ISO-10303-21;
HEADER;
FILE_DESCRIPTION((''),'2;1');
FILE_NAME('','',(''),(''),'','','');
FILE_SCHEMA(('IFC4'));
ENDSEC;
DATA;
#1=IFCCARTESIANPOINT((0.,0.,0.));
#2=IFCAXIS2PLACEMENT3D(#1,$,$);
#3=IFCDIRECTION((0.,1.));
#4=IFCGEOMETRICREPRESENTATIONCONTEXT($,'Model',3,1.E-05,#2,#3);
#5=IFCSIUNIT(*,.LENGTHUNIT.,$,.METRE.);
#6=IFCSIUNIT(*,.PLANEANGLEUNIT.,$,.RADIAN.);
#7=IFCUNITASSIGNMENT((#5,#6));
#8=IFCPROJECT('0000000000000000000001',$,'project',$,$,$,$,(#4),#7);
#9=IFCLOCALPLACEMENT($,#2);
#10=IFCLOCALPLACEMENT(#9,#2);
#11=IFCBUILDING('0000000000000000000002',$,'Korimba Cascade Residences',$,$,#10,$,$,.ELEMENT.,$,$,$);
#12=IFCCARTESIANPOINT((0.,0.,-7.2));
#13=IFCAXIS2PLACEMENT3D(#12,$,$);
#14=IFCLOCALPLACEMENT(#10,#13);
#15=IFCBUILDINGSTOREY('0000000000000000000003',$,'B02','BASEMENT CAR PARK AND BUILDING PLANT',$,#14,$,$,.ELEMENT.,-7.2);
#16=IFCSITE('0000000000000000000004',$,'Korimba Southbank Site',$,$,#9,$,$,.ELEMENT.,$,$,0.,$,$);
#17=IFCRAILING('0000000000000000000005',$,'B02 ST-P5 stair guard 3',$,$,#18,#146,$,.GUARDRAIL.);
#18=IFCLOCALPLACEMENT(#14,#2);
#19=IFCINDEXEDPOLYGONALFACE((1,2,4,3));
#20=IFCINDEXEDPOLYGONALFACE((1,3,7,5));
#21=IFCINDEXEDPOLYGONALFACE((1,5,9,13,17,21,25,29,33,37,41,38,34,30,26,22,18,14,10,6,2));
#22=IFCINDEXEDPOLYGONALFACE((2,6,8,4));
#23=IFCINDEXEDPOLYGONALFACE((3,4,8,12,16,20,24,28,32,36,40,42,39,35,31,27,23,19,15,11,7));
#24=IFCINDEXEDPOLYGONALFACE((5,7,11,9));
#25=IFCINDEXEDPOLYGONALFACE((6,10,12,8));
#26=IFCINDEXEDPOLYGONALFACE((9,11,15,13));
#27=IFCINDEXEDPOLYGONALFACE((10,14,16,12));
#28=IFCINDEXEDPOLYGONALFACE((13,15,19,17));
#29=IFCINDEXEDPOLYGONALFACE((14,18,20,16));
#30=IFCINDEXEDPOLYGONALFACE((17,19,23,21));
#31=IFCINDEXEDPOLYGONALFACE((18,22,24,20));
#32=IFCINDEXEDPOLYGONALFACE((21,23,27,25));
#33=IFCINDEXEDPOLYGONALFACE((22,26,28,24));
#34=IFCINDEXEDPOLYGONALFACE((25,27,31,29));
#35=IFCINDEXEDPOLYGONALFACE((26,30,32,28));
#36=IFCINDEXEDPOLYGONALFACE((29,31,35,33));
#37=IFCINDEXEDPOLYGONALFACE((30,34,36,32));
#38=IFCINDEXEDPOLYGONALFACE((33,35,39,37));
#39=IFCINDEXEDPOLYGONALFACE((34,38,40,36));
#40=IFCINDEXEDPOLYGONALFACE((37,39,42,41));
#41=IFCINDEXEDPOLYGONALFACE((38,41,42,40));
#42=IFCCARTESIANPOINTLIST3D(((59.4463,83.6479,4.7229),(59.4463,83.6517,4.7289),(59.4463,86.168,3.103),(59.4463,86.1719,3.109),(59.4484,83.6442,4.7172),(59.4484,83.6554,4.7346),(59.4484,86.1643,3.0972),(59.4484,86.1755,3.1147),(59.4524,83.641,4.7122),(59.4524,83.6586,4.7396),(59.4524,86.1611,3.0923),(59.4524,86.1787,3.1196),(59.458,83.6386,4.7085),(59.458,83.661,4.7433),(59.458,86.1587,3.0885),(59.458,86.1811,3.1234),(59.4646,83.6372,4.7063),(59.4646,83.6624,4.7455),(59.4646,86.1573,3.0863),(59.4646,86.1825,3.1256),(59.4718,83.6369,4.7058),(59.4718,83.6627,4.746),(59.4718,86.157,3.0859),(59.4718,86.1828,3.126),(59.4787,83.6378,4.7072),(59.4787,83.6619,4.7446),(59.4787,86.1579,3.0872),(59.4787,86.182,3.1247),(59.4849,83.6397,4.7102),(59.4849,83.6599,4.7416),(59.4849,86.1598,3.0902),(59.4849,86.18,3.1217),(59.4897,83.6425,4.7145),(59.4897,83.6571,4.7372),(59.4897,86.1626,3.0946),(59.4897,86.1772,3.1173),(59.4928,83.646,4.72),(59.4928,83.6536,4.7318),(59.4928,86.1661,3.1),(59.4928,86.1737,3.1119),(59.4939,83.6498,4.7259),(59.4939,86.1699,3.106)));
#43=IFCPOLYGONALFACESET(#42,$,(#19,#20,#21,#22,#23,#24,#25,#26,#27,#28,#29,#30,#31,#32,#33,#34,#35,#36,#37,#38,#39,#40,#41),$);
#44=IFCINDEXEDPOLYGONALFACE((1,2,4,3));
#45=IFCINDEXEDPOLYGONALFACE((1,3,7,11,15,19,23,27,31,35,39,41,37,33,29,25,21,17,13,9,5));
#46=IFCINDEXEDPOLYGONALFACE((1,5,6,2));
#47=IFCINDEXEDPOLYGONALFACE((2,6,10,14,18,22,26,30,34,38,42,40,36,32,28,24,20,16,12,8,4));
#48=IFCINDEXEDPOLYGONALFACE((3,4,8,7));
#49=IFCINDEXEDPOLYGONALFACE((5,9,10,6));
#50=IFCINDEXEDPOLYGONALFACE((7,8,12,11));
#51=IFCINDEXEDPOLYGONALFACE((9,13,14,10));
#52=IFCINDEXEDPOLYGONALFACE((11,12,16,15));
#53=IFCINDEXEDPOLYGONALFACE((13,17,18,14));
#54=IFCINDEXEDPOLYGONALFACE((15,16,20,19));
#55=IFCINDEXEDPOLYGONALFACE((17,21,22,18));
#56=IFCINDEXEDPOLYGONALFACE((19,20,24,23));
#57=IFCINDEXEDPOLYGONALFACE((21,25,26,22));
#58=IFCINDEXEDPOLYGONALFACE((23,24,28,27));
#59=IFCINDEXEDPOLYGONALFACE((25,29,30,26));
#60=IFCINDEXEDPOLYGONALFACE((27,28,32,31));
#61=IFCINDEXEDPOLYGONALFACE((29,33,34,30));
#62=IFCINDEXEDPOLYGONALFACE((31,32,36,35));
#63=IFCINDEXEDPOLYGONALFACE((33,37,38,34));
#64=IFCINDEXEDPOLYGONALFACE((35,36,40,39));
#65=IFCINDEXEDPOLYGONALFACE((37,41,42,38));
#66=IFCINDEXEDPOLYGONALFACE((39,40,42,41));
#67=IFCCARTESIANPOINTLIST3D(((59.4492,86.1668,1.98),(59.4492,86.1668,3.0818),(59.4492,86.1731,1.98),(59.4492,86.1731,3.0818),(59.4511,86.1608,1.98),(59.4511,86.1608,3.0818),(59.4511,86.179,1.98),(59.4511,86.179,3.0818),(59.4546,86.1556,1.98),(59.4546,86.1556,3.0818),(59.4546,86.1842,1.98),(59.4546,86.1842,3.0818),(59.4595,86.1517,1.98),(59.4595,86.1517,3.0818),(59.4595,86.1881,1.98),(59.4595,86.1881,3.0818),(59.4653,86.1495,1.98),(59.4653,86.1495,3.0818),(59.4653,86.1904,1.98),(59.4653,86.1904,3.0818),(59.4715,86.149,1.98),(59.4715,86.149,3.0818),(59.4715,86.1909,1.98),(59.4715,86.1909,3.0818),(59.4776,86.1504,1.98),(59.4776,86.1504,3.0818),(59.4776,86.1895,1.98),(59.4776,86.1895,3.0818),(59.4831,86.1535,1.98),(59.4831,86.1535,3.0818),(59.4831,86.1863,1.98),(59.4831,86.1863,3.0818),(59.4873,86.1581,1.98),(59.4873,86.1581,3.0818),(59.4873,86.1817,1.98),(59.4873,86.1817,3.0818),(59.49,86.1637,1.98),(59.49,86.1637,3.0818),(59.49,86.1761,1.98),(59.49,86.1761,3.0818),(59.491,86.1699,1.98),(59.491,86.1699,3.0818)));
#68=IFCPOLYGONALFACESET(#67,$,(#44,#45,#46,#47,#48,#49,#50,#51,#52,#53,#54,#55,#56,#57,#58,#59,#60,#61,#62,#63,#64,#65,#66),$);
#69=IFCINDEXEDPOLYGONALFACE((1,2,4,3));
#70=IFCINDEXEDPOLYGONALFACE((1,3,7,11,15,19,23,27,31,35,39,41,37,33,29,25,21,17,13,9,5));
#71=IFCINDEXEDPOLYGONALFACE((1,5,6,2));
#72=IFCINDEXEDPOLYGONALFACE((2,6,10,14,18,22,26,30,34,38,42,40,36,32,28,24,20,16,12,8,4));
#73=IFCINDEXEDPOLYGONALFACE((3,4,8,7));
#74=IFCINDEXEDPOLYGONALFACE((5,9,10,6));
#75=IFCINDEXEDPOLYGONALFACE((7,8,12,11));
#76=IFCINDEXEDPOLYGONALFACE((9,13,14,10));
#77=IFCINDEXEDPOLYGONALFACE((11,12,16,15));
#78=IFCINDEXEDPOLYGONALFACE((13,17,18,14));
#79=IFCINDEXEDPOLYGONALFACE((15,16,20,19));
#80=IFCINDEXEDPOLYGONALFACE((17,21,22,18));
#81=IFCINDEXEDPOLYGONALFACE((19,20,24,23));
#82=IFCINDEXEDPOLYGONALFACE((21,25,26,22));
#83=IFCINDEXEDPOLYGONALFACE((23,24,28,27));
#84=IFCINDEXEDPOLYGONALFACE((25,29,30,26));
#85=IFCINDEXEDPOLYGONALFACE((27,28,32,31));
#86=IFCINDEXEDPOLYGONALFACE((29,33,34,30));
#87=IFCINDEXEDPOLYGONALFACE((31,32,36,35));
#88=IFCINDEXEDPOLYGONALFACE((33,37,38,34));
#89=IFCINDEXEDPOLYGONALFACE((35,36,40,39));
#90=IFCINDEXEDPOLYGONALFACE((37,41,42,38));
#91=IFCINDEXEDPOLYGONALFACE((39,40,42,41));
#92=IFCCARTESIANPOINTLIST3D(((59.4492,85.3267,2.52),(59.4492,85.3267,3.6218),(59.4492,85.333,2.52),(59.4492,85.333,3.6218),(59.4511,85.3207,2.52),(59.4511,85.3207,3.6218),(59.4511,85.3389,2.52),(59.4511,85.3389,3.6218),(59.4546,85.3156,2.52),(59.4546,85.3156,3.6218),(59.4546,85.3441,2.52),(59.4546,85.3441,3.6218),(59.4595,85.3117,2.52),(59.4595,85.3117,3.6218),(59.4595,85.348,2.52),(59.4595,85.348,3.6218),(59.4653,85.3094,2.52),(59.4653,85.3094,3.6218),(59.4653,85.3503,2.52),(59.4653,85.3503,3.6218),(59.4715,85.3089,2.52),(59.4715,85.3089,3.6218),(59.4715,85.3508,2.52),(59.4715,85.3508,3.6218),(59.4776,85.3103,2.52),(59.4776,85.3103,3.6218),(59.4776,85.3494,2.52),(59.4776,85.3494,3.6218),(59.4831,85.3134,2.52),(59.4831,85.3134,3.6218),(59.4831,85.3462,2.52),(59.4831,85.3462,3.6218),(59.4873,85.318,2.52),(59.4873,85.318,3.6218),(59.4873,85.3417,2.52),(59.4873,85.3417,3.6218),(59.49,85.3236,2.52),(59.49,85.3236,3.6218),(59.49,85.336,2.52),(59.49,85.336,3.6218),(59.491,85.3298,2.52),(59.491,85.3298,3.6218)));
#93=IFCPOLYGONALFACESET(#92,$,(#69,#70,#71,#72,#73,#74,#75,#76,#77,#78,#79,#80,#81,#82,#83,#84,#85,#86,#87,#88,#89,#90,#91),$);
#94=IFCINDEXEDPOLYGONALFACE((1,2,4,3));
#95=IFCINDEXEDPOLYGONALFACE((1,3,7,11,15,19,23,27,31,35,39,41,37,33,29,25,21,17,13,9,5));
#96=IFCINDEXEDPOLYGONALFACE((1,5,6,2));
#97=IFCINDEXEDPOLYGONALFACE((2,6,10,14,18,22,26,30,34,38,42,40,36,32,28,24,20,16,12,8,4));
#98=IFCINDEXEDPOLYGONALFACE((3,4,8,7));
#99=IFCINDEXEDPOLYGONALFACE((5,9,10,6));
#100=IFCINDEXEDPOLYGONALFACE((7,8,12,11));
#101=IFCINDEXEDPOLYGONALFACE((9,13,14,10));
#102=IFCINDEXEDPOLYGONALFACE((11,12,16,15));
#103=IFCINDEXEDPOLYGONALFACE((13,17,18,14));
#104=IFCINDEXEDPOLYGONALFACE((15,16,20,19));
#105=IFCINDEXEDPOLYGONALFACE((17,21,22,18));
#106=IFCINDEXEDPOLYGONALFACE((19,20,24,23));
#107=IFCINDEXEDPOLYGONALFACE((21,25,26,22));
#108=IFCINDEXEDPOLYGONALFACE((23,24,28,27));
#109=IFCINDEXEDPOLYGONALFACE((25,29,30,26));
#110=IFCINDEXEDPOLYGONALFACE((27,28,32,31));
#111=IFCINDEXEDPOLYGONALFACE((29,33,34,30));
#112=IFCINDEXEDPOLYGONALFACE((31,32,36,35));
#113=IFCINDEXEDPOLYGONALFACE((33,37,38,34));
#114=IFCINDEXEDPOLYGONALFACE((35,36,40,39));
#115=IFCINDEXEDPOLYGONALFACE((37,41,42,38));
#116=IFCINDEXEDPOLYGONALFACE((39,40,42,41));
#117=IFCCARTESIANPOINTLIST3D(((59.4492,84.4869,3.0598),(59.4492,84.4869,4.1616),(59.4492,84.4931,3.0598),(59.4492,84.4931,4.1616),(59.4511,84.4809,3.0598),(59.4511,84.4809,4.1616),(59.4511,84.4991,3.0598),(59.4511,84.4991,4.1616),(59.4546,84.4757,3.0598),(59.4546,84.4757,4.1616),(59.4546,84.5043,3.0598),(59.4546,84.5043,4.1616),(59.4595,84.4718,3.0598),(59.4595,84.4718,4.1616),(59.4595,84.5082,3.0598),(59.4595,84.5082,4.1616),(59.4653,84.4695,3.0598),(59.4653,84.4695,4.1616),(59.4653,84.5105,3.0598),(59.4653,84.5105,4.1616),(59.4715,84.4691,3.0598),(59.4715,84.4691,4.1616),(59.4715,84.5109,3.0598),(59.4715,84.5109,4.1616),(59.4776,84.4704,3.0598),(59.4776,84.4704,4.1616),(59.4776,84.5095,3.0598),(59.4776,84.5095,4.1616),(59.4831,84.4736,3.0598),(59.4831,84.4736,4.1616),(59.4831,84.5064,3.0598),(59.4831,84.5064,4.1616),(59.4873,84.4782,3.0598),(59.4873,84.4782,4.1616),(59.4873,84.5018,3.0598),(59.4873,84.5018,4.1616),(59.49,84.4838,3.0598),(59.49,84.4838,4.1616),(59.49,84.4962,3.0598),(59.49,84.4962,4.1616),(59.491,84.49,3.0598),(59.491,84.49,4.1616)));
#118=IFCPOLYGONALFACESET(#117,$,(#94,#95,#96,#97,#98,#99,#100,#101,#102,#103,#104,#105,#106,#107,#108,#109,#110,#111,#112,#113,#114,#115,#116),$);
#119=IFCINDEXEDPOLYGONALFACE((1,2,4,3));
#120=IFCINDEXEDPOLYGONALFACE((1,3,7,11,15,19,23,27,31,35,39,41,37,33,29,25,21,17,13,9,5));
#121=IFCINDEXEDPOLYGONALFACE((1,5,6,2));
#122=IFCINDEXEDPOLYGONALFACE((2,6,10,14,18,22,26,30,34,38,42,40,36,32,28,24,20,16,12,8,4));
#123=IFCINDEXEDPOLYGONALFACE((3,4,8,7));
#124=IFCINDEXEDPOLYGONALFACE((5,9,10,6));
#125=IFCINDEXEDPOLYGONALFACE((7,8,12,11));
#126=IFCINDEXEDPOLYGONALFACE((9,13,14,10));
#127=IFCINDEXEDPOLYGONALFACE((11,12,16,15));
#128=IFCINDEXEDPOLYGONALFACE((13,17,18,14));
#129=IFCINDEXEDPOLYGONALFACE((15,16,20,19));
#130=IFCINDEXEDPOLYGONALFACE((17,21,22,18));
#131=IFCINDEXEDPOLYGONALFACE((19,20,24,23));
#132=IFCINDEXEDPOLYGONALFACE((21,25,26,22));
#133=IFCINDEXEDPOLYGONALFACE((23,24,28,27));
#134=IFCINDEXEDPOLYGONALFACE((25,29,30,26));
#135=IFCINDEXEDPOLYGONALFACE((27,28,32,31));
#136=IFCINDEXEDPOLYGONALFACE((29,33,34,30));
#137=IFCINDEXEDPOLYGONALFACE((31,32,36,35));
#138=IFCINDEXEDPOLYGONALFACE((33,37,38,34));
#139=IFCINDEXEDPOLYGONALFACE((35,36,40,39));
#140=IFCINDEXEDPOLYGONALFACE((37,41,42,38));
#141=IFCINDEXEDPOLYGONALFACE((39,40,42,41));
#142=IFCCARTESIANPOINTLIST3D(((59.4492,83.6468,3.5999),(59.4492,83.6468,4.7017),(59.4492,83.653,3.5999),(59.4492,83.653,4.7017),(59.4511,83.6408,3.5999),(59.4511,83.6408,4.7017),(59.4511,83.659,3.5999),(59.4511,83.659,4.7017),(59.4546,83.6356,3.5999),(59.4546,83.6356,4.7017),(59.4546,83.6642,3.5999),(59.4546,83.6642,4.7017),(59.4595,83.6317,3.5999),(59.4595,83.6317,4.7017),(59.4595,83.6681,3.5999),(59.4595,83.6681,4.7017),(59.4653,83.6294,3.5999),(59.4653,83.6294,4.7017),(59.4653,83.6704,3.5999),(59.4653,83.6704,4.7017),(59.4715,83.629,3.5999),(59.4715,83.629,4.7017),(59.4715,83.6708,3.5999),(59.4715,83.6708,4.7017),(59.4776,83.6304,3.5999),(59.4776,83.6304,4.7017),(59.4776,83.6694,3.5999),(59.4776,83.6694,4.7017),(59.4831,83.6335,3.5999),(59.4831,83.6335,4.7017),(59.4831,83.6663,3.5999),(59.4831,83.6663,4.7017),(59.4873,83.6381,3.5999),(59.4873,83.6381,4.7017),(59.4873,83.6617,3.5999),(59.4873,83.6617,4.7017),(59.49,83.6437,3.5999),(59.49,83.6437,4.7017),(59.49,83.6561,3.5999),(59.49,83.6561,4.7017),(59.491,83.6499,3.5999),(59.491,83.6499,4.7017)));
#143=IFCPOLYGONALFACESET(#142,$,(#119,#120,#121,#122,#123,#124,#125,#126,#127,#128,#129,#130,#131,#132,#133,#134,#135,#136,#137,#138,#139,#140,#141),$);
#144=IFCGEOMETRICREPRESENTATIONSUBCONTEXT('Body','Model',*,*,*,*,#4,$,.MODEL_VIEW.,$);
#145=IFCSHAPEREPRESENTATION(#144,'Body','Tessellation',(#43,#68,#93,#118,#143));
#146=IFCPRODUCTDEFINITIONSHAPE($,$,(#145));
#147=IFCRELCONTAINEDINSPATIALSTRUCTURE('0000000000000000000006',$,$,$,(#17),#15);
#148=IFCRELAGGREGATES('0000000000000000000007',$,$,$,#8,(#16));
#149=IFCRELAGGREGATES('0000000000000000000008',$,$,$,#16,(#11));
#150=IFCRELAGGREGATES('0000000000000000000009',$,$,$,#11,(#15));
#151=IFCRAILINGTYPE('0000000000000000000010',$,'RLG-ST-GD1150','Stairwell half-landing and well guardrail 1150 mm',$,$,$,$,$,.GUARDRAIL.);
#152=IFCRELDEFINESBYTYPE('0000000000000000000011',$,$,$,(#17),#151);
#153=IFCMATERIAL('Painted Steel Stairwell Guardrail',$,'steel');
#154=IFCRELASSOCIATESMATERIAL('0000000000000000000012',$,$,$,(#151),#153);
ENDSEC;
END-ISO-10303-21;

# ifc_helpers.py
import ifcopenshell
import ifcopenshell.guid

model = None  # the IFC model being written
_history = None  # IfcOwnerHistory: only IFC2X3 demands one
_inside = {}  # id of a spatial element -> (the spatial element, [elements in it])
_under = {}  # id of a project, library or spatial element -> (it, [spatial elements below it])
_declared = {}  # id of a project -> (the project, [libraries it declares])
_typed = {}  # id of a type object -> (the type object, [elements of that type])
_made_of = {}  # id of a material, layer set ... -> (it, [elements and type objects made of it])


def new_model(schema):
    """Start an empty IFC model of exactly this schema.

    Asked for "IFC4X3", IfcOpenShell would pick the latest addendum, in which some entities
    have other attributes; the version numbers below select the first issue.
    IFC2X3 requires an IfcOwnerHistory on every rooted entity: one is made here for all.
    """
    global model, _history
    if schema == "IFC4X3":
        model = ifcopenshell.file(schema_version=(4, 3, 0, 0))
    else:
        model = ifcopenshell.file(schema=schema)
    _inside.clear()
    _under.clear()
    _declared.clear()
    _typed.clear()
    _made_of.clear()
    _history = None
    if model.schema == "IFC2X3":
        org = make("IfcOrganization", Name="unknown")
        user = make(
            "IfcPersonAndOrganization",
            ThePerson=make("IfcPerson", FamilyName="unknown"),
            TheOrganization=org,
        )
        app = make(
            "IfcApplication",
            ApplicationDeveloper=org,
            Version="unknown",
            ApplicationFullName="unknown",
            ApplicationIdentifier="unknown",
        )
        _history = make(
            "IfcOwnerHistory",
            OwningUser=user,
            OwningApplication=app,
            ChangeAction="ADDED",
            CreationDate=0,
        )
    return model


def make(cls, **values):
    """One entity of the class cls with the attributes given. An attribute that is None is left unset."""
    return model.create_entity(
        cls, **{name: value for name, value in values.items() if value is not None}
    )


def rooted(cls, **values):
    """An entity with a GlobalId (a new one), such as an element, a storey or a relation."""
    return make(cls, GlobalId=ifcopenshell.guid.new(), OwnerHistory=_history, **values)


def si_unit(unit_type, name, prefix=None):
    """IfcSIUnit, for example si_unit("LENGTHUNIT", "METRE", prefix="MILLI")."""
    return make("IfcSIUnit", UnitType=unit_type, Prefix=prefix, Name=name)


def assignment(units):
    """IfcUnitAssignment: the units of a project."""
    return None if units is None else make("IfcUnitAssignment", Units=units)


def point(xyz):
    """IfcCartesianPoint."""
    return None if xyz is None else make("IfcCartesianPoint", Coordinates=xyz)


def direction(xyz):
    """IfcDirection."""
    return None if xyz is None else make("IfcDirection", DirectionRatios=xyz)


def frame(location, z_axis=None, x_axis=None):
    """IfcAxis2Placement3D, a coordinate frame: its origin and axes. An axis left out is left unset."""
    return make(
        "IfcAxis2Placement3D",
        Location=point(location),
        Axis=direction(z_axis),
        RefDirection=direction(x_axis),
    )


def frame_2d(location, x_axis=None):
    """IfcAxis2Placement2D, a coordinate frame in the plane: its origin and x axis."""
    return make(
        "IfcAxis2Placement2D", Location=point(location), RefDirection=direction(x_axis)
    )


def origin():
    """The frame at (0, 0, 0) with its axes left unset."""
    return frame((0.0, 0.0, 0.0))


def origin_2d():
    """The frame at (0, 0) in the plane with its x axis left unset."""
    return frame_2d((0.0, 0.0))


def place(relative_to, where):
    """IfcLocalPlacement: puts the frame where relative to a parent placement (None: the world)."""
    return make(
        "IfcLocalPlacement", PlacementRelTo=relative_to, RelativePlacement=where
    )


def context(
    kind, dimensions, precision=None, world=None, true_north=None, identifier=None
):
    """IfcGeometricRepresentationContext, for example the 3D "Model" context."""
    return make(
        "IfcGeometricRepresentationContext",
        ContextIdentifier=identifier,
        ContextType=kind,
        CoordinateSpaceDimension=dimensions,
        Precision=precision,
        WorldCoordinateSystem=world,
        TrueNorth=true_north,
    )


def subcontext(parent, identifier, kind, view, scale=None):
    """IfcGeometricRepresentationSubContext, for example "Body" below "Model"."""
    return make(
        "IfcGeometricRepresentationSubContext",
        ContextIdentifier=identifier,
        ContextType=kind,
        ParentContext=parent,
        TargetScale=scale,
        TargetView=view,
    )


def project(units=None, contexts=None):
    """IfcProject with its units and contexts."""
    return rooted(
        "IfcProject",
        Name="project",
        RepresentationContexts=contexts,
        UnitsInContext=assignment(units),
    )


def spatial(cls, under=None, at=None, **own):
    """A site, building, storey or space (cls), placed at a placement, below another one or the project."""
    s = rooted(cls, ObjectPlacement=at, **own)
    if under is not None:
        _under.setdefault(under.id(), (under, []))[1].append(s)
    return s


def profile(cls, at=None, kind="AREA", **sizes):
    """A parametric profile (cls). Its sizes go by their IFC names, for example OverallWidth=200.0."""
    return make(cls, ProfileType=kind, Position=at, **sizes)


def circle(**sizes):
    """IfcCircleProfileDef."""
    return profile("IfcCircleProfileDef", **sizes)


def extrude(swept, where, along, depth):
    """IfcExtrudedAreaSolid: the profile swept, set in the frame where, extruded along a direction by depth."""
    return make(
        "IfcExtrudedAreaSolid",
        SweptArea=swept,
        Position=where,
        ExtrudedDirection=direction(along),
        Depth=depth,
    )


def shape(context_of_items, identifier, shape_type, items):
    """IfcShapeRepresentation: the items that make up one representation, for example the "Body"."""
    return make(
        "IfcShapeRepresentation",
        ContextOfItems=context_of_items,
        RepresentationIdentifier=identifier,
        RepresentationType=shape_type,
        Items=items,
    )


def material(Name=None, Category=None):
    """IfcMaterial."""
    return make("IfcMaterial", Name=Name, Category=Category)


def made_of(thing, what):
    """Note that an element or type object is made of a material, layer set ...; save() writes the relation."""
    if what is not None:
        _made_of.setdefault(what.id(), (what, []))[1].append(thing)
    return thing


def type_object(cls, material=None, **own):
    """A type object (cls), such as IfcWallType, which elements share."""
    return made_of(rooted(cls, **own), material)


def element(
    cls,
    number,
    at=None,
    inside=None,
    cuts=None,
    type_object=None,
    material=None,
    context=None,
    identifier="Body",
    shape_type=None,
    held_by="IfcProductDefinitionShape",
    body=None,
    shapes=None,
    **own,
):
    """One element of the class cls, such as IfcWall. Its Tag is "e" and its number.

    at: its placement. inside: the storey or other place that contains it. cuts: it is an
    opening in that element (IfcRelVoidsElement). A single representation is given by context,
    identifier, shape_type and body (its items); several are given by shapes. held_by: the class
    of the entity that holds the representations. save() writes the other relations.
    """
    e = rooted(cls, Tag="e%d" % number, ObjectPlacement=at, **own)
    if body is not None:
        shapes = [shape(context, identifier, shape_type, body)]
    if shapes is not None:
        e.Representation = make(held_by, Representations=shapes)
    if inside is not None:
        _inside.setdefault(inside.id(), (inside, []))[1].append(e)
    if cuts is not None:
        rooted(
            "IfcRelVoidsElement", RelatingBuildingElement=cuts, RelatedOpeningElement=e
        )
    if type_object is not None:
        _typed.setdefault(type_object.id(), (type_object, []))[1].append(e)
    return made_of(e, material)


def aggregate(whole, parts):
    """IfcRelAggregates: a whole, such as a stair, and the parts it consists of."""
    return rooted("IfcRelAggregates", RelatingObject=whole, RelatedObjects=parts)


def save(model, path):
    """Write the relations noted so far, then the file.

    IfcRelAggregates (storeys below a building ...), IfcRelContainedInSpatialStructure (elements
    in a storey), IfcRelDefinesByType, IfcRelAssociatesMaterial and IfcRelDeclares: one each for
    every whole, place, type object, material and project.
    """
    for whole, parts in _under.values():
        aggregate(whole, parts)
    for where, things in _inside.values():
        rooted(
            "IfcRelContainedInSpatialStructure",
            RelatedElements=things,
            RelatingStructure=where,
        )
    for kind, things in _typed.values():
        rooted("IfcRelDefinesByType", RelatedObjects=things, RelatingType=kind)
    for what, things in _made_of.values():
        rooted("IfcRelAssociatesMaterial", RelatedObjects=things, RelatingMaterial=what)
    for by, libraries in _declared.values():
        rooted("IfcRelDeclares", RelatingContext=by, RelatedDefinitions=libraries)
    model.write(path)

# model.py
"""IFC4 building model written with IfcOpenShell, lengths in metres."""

from ifc_helpers import new_model, si_unit, direction, frame, origin, origin_2d, place, context, subcontext, project, spatial, circle, extrude, material, type_object, element, save


model = new_model("IFC4")

# Units and contexts
model_context = context("Model", 3, precision=1e-05, world=origin(), true_north=direction((0.0, 1.0)))
body_context = subcontext(model_context, "Body", "Model", "MODEL_VIEW")
ifc_project = project(units=[si_unit("LENGTHUNIT", "METRE"), si_unit("PLANEANGLEUNIT", "RADIAN")], contexts=[model_context])

# Site, building, storey
site_placement = place(None, origin())
site = spatial("IfcSite", under=ifc_project, at=site_placement, Name="Korimba Southbank Site", CompositionType="ELEMENT", RefElevation=0.0)
building_placement = place(site_placement, origin())
building = spatial("IfcBuilding", under=site, at=building_placement, Name="Korimba Cascade Residences", CompositionType="ELEMENT")
storey_placement = place(building_placement, frame((0.0, 0.0, -7.2)))
storey = spatial("IfcBuildingStorey", under=building, at=storey_placement, Name="B02", Description="BASEMENT CAR PARK AND BUILDING PLANT", CompositionType="ELEMENT", Elevation=-7.2)

# Railing
ifc_material_1 = material(Name="Painted Steel Stairwell Guardrail", Category="steel")
railing_type_1 = type_object("IfcRailingType", Name="RLG-ST-GD1150", Description="Stairwell half-landing and well guardrail 1150 mm", PredefinedType="GUARDRAIL", material=ifc_material_1)
railing_1_placement = place(storey_placement, frame((59.47, 86.1699, 1.98)))
element("IfcRailing", 1, at=railing_1_placement, inside=storey, type_object=railing_type_1, Name="B02 ST-P5 stair guard 3", PredefinedType="GUARDRAIL", context=body_context, shape_type="SweptSolid", body=[
    extrude(circle(Radius=0.0239, at=origin_2d()), frame((0.0, 0.0, 1.126), z_axis=(0.0, -0.8412, 0.540725), x_axis=(1.0, 0.0, 0.0)), (0.0, 0.0, 1.0), 2.9958),
    extrude(circle(Radius=0.021, at=origin_2d()), origin(), (0.0, 0.0, 1.0), 1.1018),
    extrude(circle(Radius=0.021, at=origin_2d()), frame((0.0, -0.8401, 0.54)), (0.0, 0.0, 1.0), 1.1018),
    extrude(circle(Radius=0.021, at=origin_2d()), frame((0.0, -1.6799, 1.0798)), (0.0, 0.0, 1.0), 1.1018),
    extrude(circle(Radius=0.021, at=origin_2d()), frame((0.0, -2.52, 1.6199)), (0.0, 0.0, 1.0), 1.1018),
])

save(model, "model.ifc")
